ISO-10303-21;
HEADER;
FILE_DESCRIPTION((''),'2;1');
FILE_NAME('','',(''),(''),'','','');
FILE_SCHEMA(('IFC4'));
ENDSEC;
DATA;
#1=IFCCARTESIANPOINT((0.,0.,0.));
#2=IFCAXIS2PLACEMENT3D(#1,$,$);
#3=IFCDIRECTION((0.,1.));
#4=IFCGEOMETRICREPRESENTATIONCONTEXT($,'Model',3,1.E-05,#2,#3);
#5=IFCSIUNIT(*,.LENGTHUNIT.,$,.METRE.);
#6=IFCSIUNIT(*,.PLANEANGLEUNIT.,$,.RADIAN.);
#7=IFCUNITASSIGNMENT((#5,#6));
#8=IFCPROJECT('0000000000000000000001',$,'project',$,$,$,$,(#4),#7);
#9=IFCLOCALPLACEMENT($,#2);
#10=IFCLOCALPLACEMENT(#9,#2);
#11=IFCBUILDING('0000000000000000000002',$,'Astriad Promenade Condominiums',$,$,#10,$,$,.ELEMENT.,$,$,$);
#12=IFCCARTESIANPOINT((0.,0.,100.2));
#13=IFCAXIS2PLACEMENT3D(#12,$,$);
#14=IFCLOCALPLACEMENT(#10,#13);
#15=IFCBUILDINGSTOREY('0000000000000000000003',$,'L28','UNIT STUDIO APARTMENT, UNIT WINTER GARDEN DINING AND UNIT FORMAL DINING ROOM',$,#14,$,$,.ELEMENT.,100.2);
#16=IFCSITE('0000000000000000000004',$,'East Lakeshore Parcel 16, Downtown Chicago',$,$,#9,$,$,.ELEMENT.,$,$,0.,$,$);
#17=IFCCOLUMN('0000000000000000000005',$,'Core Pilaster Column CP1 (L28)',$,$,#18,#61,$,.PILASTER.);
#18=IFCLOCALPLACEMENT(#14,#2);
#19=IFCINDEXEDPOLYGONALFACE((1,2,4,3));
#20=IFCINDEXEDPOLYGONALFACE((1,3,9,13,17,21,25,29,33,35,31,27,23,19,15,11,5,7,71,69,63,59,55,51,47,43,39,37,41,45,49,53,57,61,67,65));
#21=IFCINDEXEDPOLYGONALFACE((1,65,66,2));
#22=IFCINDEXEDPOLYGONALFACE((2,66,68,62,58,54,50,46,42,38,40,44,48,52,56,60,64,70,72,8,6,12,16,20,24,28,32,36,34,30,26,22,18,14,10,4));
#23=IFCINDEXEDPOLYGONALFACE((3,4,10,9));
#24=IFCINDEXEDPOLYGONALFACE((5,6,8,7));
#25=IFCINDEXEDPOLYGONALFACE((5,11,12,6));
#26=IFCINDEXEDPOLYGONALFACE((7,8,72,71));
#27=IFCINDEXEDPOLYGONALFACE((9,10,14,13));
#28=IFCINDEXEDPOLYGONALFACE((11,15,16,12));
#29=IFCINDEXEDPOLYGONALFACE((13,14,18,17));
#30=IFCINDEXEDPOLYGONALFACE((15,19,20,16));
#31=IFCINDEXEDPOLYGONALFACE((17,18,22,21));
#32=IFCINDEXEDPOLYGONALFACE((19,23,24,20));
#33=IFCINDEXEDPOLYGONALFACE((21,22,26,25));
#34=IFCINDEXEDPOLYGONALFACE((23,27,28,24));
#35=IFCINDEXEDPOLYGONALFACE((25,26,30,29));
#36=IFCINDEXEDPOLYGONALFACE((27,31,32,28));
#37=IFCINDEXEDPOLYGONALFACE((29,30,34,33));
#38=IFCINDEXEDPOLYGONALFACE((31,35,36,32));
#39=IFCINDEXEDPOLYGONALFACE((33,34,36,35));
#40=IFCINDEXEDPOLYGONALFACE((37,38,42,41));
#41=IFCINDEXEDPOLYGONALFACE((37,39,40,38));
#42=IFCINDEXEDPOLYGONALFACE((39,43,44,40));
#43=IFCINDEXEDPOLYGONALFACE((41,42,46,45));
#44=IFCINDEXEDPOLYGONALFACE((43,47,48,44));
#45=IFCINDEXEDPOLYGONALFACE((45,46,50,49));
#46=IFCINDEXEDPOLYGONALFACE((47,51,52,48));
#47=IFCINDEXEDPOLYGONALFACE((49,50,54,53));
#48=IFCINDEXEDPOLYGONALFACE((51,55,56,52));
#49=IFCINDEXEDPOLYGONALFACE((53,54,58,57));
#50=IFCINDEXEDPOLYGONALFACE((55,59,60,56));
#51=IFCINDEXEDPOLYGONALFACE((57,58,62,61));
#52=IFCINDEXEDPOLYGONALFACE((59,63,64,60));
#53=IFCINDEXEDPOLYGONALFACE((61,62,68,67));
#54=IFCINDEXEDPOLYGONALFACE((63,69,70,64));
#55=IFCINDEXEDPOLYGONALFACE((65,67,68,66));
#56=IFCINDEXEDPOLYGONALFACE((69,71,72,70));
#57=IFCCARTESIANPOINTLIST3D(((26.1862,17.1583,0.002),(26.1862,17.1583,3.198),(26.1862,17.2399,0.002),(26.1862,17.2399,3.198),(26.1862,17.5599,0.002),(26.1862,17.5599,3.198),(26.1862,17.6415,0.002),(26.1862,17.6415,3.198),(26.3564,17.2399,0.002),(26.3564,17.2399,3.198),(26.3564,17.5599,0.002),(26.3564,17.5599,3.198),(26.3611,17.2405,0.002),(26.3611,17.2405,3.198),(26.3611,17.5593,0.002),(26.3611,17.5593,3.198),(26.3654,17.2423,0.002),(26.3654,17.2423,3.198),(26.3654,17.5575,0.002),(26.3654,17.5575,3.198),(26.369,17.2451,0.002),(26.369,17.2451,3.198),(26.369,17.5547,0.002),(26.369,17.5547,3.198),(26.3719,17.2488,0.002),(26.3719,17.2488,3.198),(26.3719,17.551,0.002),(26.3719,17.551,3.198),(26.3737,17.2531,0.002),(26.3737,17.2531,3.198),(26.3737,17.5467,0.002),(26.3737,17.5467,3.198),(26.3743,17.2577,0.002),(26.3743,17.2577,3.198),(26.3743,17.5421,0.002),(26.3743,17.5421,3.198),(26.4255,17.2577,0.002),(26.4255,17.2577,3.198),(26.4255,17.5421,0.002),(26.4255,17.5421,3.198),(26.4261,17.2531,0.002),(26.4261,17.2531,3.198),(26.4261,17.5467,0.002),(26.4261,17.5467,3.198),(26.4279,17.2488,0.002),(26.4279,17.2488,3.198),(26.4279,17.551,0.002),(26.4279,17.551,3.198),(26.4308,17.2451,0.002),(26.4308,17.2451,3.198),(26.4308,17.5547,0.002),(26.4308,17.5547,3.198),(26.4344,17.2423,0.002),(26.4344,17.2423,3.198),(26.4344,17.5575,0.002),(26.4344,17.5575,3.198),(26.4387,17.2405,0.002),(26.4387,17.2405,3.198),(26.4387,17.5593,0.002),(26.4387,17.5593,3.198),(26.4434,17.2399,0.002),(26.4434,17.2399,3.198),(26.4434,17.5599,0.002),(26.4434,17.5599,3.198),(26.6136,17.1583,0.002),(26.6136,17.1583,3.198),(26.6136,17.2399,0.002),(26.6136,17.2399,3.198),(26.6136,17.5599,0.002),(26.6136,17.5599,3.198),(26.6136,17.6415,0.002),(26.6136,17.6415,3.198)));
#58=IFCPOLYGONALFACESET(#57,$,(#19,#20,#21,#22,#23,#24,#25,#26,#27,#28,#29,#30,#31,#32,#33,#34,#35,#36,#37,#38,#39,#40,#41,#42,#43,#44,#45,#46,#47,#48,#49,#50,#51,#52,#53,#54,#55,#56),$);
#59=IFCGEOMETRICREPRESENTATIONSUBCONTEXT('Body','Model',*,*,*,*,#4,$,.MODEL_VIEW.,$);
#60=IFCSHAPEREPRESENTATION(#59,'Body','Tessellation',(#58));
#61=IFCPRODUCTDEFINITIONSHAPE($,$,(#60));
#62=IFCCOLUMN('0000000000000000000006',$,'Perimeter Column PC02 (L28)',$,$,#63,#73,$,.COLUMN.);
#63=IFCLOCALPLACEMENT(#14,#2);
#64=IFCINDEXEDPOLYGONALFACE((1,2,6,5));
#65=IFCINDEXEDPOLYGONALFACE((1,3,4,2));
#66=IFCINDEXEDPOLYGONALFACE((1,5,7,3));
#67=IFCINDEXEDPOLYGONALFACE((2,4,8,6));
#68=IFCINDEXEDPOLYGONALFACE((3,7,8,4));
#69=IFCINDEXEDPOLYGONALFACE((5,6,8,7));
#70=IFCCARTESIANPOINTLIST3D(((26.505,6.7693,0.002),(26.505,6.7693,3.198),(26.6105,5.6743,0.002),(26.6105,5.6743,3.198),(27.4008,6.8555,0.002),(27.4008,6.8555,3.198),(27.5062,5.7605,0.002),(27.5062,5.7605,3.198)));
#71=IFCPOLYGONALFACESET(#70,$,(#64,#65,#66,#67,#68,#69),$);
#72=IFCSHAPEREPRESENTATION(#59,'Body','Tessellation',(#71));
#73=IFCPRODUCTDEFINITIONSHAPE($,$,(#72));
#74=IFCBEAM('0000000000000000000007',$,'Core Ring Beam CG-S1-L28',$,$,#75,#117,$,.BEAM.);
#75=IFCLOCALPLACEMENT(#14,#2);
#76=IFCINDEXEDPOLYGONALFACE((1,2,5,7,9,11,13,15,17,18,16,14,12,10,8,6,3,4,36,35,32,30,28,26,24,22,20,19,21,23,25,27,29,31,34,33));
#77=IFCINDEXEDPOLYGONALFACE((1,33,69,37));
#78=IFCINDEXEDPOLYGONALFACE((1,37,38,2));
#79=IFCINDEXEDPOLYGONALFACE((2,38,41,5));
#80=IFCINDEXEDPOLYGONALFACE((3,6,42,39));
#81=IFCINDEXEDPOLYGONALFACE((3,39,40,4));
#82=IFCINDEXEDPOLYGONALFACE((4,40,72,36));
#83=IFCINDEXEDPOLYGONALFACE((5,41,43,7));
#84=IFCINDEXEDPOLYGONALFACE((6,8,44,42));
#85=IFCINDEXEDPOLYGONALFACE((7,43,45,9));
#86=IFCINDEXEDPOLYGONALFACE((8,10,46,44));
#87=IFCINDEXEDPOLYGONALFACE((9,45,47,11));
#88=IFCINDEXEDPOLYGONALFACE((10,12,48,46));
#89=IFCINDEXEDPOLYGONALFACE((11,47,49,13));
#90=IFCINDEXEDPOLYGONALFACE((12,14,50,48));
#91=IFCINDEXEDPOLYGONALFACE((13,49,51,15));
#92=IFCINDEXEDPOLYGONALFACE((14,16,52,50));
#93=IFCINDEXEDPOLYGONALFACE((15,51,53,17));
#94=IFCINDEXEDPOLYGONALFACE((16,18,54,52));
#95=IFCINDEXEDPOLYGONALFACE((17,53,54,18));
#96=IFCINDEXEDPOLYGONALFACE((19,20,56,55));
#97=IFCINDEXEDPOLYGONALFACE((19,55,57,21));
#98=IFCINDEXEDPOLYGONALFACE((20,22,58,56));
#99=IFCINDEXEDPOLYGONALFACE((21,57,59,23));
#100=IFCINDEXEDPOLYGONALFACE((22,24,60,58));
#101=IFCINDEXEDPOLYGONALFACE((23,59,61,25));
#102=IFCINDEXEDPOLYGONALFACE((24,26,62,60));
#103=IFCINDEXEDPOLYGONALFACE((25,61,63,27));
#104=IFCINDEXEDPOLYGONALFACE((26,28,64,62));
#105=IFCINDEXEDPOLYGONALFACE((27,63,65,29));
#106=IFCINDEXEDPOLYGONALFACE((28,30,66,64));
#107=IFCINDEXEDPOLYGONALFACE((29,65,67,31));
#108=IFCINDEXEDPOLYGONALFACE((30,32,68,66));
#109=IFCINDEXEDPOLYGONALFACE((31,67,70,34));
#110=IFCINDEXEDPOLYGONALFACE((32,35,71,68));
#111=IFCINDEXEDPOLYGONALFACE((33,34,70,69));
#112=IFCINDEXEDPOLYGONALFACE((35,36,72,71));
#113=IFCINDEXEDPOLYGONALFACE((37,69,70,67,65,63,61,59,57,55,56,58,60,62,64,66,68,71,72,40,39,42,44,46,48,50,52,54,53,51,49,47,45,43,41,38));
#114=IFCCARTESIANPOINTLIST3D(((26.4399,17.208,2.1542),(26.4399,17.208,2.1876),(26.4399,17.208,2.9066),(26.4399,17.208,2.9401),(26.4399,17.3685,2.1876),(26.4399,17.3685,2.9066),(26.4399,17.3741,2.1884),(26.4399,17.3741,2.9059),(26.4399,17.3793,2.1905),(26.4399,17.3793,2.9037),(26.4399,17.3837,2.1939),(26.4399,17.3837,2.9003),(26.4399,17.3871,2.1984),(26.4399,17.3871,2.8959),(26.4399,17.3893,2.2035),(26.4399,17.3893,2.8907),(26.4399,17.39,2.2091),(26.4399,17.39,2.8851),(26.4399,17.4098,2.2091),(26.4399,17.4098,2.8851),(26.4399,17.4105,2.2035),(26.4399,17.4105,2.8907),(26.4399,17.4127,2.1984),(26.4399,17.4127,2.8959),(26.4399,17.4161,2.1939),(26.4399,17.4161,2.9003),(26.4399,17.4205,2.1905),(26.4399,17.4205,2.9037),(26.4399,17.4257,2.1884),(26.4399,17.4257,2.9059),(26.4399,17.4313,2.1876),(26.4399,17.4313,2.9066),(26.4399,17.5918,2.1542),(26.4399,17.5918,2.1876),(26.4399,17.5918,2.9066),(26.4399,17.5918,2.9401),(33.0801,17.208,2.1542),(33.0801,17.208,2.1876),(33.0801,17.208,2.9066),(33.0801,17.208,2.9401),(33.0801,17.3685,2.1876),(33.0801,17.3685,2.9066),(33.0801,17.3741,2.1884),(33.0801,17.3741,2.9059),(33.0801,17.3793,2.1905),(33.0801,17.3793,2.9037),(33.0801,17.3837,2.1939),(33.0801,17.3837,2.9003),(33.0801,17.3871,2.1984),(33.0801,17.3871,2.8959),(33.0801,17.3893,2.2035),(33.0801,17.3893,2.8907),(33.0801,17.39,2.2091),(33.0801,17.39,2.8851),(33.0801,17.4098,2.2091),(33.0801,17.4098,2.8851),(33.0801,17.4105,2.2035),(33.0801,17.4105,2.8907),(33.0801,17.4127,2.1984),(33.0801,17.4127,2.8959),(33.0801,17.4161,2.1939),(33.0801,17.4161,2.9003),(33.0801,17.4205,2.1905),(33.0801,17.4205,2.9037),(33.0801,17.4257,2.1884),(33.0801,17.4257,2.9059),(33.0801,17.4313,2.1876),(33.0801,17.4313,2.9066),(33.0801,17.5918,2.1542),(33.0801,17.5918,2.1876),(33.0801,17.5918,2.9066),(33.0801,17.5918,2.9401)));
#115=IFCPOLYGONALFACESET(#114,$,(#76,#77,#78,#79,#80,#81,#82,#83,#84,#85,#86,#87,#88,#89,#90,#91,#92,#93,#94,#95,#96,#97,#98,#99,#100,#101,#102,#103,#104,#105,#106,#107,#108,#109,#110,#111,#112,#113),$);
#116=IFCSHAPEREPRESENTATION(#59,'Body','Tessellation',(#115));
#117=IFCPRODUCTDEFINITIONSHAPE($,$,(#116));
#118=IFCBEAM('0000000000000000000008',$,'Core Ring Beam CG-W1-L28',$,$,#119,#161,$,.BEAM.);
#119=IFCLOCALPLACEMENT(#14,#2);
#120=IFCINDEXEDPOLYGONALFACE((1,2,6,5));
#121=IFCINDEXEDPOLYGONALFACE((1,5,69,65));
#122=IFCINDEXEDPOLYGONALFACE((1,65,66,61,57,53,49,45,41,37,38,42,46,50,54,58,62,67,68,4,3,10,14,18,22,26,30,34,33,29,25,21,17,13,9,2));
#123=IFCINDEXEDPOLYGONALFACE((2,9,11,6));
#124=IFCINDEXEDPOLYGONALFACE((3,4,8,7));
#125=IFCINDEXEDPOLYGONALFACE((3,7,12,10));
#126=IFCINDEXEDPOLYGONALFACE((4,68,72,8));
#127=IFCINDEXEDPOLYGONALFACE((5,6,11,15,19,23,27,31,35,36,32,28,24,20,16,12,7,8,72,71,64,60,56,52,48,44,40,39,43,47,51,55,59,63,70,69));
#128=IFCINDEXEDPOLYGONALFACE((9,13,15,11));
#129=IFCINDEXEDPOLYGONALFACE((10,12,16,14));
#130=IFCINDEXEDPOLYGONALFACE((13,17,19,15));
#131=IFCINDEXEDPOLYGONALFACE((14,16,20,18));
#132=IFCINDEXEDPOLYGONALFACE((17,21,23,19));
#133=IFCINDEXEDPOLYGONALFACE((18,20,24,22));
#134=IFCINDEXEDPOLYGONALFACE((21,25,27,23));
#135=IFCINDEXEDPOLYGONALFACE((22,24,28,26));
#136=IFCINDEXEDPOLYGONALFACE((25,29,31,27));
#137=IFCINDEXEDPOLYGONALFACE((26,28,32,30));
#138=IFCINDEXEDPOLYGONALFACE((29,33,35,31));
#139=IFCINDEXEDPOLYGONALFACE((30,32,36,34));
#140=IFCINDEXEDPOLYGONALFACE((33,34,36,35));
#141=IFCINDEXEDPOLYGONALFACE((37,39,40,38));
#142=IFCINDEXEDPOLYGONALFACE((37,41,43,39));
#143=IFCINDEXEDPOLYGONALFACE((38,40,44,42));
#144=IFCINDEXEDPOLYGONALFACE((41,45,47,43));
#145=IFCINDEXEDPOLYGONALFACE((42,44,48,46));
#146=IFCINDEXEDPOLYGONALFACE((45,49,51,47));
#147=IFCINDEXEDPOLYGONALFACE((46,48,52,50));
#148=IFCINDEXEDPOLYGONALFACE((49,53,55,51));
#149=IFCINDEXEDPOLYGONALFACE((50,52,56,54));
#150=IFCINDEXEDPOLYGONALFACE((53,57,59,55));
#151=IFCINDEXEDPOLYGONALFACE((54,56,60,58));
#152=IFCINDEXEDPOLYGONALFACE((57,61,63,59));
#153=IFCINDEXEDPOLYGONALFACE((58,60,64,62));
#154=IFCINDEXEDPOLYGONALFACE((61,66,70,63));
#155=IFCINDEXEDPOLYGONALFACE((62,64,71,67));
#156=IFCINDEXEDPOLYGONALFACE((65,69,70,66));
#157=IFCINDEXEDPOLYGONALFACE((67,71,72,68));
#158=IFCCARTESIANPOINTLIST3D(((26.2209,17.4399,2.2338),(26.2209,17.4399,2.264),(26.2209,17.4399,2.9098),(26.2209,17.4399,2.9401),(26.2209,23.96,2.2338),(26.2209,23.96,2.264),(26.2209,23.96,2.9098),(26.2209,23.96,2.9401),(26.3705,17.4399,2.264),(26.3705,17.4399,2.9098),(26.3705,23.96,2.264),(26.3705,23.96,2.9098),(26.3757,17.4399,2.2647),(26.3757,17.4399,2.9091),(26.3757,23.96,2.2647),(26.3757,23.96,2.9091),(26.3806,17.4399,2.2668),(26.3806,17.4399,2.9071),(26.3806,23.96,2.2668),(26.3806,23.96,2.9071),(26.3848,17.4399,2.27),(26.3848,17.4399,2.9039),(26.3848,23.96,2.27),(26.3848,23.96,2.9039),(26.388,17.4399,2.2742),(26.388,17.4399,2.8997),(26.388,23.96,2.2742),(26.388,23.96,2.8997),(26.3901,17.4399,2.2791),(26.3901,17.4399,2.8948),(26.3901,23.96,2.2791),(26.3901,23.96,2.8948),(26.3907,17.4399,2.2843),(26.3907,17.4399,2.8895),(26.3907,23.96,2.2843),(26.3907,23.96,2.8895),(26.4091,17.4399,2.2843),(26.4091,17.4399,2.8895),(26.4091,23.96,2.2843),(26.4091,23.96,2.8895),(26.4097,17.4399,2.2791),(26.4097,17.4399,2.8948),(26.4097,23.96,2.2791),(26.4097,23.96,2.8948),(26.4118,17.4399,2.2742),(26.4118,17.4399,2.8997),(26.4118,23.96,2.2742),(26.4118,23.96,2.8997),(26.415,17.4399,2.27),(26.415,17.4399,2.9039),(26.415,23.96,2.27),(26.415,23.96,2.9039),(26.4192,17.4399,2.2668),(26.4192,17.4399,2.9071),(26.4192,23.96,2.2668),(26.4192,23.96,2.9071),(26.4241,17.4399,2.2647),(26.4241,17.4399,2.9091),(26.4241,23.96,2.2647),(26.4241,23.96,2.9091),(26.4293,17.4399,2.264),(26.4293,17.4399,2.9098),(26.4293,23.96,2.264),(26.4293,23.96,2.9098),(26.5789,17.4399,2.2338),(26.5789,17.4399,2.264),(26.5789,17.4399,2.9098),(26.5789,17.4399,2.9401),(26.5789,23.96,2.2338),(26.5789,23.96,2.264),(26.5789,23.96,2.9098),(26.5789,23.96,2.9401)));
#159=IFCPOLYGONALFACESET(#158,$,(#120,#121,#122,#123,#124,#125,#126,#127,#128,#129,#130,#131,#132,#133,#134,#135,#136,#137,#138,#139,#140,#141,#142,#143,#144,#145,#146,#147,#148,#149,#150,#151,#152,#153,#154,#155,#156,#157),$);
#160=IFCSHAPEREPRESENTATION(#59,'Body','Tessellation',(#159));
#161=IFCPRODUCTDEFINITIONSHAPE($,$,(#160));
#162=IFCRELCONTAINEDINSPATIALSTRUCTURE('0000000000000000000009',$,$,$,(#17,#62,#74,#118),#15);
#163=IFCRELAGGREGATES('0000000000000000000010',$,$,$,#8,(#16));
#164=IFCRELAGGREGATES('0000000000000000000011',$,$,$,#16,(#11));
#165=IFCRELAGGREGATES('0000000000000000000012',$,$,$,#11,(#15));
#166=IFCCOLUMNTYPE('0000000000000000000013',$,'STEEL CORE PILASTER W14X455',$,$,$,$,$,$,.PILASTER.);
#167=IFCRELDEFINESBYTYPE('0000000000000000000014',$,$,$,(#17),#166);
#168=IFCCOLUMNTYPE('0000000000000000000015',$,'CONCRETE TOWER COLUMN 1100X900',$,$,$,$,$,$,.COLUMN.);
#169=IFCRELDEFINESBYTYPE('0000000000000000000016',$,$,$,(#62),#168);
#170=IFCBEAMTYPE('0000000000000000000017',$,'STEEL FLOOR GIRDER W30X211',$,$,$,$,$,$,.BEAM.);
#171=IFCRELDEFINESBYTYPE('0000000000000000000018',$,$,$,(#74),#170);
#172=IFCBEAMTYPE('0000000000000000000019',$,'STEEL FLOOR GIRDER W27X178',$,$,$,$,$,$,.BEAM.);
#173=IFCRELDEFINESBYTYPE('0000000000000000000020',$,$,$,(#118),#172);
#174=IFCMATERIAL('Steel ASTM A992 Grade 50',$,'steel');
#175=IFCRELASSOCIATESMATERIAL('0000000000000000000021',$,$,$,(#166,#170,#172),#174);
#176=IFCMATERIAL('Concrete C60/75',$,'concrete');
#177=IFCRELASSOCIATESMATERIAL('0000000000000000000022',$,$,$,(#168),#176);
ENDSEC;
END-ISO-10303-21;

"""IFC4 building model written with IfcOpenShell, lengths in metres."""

from ifc_helpers import new_model, si_unit, direction, frame, origin, origin_2d, place, context, subcontext, project, spatial, rectangle, i_section, extrude, source, transform, mapped, material, material_profile, profile_set, type_object, type_shapes, element, save


model = new_model("IFC4")

# Units and contexts
model_context = context("Model", 3, precision=1e-05, world=origin(), true_north=direction((0.0, 1.0)))
body_context = subcontext(model_context, "Body", "Model", "MODEL_VIEW")
ifc_project = project(units=[si_unit("LENGTHUNIT", "METRE"), si_unit("PLANEANGLEUNIT", "RADIAN")], contexts=[model_context])

# Site, building, storey
site_placement = place(None, origin())
site = spatial("IfcSite", under=ifc_project, at=site_placement, Name="East Lakeshore Parcel 16, Downtown Chicago", CompositionType="ELEMENT", RefElevation=0.0)
building_placement = place(site_placement, origin())
building = spatial("IfcBuilding", under=site, at=building_placement, Name="Astriad Promenade Condominiums", CompositionType="ELEMENT")
storey_placement = place(building_placement, frame((0.0, 0.0, 100.2)))
storey = spatial("IfcBuildingStorey", under=building, at=storey_placement, Name="L28", Description="UNIT STUDIO APARTMENT, UNIT WINTER GARDEN DINING AND UNIT FORMAL DINING ROOM", CompositionType="ELEMENT", Elevation=100.2)

# Columns
ifc_material_1 = material(Name="Steel ASTM A992 Grade 50", Category="steel")
ifc_material_profile_1 = material_profile(ifc_material_1, i_section(OverallWidth=0.4275, OverallDepth=0.4832, WebThickness=0.0513, FlangeThickness=0.0815, FilletRadius=0.0178, at=origin_2d()), Name="W14X455")
ifc_profile_set_1 = profile_set([ifc_material_profile_1], Name="Steel ASTM A992 Grade 50")
column_type_1 = type_object("IfcColumnType", Name="STEEL CORE PILASTER W14X455", PredefinedType="PILASTER", material=ifc_profile_set_1)
shared_shape_1 = source(origin(), body_context, "Body", "SweptSolid", [
    extrude(i_section(OverallWidth=0.4275, OverallDepth=0.4832, WebThickness=0.0513, FlangeThickness=0.0815, FilletRadius=0.0178, at=origin_2d()), origin(), (0.0, 0.0, 1.0), 3.196),
])
type_shapes(column_type_1, [shared_shape_1])
column_1_placement = place(storey_placement, frame((26.3999, 17.3999, 0.002), z_axis=(0.0, 0.0, 1.0), x_axis=(1.0, 0.0, 0.0)))
element("IfcColumn", 1, at=column_1_placement, inside=storey, type_object=column_type_1, Name="Core Pilaster Column CP1 (L28)", PredefinedType="PILASTER", context=body_context, shape_type="MappedRepresentation", body=[
    mapped(shared_shape_1, transform((0.0, 0.0, 0.0), scale=1.0)),
])
ifc_material_2 = material(Name="Concrete C60/75", Category="concrete")
ifc_material_profile_2 = material_profile(ifc_material_2, rectangle(XDim=0.8999, YDim=1.1001, at=origin_2d()), Name="RC-COL-1100X900")
ifc_profile_set_2 = profile_set([ifc_material_profile_2], Name="Concrete C60/75")
column_type_2 = type_object("IfcColumnType", Name="CONCRETE TOWER COLUMN 1100X900", PredefinedType="COLUMN", material=ifc_profile_set_2)
shared_shape_2 = source(origin(), body_context, "Body", "SweptSolid", [
    extrude(rectangle(XDim=0.8999, YDim=1.1001, at=origin_2d()), origin(), (0.0, 0.0, 1.0), 3.196),
])
type_shapes(column_type_2, [shared_shape_2])
column_2_placement = place(storey_placement, frame((27.0056, 6.2649, 0.002), z_axis=(0.0, 0.0, 1.0), x_axis=(0.995396, 0.095846, 0.0)))
element("IfcColumn", 2, at=column_2_placement, inside=storey, type_object=column_type_2, Name="Perimeter Column PC02 (L28)", PredefinedType="COLUMN", context=body_context, shape_type="MappedRepresentation", body=[
    mapped(shared_shape_2, transform((0.0, 0.0, 0.0), scale=1.0)),
])

# Beams
ifc_material_profile_3 = material_profile(ifc_material_1, i_section(OverallWidth=0.3838, OverallDepth=0.7859, WebThickness=0.0198, FlangeThickness=0.0334, FilletRadius=0.0215, at=origin_2d()), Name="W30X211")
ifc_profile_set_3 = profile_set([ifc_material_profile_3], Name="Steel ASTM A992 Grade 50")
beam_type_1 = type_object("IfcBeamType", Name="STEEL FLOOR GIRDER W30X211", PredefinedType="BEAM", material=ifc_profile_set_3)
shared_shape_3 = source(origin(), body_context, "Body", "SweptSolid", [
    extrude(i_section(OverallWidth=0.3838, OverallDepth=0.7859, WebThickness=0.0198, FlangeThickness=0.0334, FilletRadius=0.0215, at=origin_2d()), origin(), (0.0, 0.0, 1.0), 6.6401),
])
type_shapes(beam_type_1, [shared_shape_3])
beam_1_placement = place(storey_placement, frame((26.4399, 17.3999, 2.5471), z_axis=(1.0, 0.0, 0.0), x_axis=(0.0, 1.0, 0.0)))
element("IfcBeam", 3, at=beam_1_placement, inside=storey, type_object=beam_type_1, Name="Core Ring Beam CG-S1-L28", PredefinedType="BEAM", context=body_context, shape_type="MappedRepresentation", body=[
    mapped(shared_shape_3, transform((0.0, 0.0, 0.0), scale=1.0)),
])
ifc_material_profile_4 = material_profile(ifc_material_1, i_section(OverallWidth=0.3579, OverallDepth=0.7063, WebThickness=0.0183, FlangeThickness=0.0303, FilletRadius=0.0203, at=origin_2d()), Name="W27X178")
ifc_profile_set_4 = profile_set([ifc_material_profile_4], Name="Steel ASTM A992 Grade 50")
beam_type_2 = type_object("IfcBeamType", Name="STEEL FLOOR GIRDER W27X178", PredefinedType="BEAM", material=ifc_profile_set_4)
shared_shape_4 = source(origin(), body_context, "Body", "SweptSolid", [
    extrude(i_section(OverallWidth=0.3579, OverallDepth=0.7063, WebThickness=0.0183, FlangeThickness=0.0303, FilletRadius=0.0203, at=origin_2d()), origin(), (0.0, 0.0, 1.0), 6.52),
])
beam_2_placement = place(storey_placement, frame((26.3999, 17.4399, 2.5869), z_axis=(0.0, 1.0, 0.0), x_axis=(-1.0, 0.0, 0.0)))
element("IfcBeam", 4, at=beam_2_placement, inside=storey, type_object=beam_type_2, Name="Core Ring Beam CG-W1-L28", PredefinedType="BEAM", context=body_context, shape_type="MappedRepresentation", body=[
    mapped(shared_shape_4, transform((0.0, 0.0, 0.0), scale=1.0)),
])

save(model, "model.ifc")
